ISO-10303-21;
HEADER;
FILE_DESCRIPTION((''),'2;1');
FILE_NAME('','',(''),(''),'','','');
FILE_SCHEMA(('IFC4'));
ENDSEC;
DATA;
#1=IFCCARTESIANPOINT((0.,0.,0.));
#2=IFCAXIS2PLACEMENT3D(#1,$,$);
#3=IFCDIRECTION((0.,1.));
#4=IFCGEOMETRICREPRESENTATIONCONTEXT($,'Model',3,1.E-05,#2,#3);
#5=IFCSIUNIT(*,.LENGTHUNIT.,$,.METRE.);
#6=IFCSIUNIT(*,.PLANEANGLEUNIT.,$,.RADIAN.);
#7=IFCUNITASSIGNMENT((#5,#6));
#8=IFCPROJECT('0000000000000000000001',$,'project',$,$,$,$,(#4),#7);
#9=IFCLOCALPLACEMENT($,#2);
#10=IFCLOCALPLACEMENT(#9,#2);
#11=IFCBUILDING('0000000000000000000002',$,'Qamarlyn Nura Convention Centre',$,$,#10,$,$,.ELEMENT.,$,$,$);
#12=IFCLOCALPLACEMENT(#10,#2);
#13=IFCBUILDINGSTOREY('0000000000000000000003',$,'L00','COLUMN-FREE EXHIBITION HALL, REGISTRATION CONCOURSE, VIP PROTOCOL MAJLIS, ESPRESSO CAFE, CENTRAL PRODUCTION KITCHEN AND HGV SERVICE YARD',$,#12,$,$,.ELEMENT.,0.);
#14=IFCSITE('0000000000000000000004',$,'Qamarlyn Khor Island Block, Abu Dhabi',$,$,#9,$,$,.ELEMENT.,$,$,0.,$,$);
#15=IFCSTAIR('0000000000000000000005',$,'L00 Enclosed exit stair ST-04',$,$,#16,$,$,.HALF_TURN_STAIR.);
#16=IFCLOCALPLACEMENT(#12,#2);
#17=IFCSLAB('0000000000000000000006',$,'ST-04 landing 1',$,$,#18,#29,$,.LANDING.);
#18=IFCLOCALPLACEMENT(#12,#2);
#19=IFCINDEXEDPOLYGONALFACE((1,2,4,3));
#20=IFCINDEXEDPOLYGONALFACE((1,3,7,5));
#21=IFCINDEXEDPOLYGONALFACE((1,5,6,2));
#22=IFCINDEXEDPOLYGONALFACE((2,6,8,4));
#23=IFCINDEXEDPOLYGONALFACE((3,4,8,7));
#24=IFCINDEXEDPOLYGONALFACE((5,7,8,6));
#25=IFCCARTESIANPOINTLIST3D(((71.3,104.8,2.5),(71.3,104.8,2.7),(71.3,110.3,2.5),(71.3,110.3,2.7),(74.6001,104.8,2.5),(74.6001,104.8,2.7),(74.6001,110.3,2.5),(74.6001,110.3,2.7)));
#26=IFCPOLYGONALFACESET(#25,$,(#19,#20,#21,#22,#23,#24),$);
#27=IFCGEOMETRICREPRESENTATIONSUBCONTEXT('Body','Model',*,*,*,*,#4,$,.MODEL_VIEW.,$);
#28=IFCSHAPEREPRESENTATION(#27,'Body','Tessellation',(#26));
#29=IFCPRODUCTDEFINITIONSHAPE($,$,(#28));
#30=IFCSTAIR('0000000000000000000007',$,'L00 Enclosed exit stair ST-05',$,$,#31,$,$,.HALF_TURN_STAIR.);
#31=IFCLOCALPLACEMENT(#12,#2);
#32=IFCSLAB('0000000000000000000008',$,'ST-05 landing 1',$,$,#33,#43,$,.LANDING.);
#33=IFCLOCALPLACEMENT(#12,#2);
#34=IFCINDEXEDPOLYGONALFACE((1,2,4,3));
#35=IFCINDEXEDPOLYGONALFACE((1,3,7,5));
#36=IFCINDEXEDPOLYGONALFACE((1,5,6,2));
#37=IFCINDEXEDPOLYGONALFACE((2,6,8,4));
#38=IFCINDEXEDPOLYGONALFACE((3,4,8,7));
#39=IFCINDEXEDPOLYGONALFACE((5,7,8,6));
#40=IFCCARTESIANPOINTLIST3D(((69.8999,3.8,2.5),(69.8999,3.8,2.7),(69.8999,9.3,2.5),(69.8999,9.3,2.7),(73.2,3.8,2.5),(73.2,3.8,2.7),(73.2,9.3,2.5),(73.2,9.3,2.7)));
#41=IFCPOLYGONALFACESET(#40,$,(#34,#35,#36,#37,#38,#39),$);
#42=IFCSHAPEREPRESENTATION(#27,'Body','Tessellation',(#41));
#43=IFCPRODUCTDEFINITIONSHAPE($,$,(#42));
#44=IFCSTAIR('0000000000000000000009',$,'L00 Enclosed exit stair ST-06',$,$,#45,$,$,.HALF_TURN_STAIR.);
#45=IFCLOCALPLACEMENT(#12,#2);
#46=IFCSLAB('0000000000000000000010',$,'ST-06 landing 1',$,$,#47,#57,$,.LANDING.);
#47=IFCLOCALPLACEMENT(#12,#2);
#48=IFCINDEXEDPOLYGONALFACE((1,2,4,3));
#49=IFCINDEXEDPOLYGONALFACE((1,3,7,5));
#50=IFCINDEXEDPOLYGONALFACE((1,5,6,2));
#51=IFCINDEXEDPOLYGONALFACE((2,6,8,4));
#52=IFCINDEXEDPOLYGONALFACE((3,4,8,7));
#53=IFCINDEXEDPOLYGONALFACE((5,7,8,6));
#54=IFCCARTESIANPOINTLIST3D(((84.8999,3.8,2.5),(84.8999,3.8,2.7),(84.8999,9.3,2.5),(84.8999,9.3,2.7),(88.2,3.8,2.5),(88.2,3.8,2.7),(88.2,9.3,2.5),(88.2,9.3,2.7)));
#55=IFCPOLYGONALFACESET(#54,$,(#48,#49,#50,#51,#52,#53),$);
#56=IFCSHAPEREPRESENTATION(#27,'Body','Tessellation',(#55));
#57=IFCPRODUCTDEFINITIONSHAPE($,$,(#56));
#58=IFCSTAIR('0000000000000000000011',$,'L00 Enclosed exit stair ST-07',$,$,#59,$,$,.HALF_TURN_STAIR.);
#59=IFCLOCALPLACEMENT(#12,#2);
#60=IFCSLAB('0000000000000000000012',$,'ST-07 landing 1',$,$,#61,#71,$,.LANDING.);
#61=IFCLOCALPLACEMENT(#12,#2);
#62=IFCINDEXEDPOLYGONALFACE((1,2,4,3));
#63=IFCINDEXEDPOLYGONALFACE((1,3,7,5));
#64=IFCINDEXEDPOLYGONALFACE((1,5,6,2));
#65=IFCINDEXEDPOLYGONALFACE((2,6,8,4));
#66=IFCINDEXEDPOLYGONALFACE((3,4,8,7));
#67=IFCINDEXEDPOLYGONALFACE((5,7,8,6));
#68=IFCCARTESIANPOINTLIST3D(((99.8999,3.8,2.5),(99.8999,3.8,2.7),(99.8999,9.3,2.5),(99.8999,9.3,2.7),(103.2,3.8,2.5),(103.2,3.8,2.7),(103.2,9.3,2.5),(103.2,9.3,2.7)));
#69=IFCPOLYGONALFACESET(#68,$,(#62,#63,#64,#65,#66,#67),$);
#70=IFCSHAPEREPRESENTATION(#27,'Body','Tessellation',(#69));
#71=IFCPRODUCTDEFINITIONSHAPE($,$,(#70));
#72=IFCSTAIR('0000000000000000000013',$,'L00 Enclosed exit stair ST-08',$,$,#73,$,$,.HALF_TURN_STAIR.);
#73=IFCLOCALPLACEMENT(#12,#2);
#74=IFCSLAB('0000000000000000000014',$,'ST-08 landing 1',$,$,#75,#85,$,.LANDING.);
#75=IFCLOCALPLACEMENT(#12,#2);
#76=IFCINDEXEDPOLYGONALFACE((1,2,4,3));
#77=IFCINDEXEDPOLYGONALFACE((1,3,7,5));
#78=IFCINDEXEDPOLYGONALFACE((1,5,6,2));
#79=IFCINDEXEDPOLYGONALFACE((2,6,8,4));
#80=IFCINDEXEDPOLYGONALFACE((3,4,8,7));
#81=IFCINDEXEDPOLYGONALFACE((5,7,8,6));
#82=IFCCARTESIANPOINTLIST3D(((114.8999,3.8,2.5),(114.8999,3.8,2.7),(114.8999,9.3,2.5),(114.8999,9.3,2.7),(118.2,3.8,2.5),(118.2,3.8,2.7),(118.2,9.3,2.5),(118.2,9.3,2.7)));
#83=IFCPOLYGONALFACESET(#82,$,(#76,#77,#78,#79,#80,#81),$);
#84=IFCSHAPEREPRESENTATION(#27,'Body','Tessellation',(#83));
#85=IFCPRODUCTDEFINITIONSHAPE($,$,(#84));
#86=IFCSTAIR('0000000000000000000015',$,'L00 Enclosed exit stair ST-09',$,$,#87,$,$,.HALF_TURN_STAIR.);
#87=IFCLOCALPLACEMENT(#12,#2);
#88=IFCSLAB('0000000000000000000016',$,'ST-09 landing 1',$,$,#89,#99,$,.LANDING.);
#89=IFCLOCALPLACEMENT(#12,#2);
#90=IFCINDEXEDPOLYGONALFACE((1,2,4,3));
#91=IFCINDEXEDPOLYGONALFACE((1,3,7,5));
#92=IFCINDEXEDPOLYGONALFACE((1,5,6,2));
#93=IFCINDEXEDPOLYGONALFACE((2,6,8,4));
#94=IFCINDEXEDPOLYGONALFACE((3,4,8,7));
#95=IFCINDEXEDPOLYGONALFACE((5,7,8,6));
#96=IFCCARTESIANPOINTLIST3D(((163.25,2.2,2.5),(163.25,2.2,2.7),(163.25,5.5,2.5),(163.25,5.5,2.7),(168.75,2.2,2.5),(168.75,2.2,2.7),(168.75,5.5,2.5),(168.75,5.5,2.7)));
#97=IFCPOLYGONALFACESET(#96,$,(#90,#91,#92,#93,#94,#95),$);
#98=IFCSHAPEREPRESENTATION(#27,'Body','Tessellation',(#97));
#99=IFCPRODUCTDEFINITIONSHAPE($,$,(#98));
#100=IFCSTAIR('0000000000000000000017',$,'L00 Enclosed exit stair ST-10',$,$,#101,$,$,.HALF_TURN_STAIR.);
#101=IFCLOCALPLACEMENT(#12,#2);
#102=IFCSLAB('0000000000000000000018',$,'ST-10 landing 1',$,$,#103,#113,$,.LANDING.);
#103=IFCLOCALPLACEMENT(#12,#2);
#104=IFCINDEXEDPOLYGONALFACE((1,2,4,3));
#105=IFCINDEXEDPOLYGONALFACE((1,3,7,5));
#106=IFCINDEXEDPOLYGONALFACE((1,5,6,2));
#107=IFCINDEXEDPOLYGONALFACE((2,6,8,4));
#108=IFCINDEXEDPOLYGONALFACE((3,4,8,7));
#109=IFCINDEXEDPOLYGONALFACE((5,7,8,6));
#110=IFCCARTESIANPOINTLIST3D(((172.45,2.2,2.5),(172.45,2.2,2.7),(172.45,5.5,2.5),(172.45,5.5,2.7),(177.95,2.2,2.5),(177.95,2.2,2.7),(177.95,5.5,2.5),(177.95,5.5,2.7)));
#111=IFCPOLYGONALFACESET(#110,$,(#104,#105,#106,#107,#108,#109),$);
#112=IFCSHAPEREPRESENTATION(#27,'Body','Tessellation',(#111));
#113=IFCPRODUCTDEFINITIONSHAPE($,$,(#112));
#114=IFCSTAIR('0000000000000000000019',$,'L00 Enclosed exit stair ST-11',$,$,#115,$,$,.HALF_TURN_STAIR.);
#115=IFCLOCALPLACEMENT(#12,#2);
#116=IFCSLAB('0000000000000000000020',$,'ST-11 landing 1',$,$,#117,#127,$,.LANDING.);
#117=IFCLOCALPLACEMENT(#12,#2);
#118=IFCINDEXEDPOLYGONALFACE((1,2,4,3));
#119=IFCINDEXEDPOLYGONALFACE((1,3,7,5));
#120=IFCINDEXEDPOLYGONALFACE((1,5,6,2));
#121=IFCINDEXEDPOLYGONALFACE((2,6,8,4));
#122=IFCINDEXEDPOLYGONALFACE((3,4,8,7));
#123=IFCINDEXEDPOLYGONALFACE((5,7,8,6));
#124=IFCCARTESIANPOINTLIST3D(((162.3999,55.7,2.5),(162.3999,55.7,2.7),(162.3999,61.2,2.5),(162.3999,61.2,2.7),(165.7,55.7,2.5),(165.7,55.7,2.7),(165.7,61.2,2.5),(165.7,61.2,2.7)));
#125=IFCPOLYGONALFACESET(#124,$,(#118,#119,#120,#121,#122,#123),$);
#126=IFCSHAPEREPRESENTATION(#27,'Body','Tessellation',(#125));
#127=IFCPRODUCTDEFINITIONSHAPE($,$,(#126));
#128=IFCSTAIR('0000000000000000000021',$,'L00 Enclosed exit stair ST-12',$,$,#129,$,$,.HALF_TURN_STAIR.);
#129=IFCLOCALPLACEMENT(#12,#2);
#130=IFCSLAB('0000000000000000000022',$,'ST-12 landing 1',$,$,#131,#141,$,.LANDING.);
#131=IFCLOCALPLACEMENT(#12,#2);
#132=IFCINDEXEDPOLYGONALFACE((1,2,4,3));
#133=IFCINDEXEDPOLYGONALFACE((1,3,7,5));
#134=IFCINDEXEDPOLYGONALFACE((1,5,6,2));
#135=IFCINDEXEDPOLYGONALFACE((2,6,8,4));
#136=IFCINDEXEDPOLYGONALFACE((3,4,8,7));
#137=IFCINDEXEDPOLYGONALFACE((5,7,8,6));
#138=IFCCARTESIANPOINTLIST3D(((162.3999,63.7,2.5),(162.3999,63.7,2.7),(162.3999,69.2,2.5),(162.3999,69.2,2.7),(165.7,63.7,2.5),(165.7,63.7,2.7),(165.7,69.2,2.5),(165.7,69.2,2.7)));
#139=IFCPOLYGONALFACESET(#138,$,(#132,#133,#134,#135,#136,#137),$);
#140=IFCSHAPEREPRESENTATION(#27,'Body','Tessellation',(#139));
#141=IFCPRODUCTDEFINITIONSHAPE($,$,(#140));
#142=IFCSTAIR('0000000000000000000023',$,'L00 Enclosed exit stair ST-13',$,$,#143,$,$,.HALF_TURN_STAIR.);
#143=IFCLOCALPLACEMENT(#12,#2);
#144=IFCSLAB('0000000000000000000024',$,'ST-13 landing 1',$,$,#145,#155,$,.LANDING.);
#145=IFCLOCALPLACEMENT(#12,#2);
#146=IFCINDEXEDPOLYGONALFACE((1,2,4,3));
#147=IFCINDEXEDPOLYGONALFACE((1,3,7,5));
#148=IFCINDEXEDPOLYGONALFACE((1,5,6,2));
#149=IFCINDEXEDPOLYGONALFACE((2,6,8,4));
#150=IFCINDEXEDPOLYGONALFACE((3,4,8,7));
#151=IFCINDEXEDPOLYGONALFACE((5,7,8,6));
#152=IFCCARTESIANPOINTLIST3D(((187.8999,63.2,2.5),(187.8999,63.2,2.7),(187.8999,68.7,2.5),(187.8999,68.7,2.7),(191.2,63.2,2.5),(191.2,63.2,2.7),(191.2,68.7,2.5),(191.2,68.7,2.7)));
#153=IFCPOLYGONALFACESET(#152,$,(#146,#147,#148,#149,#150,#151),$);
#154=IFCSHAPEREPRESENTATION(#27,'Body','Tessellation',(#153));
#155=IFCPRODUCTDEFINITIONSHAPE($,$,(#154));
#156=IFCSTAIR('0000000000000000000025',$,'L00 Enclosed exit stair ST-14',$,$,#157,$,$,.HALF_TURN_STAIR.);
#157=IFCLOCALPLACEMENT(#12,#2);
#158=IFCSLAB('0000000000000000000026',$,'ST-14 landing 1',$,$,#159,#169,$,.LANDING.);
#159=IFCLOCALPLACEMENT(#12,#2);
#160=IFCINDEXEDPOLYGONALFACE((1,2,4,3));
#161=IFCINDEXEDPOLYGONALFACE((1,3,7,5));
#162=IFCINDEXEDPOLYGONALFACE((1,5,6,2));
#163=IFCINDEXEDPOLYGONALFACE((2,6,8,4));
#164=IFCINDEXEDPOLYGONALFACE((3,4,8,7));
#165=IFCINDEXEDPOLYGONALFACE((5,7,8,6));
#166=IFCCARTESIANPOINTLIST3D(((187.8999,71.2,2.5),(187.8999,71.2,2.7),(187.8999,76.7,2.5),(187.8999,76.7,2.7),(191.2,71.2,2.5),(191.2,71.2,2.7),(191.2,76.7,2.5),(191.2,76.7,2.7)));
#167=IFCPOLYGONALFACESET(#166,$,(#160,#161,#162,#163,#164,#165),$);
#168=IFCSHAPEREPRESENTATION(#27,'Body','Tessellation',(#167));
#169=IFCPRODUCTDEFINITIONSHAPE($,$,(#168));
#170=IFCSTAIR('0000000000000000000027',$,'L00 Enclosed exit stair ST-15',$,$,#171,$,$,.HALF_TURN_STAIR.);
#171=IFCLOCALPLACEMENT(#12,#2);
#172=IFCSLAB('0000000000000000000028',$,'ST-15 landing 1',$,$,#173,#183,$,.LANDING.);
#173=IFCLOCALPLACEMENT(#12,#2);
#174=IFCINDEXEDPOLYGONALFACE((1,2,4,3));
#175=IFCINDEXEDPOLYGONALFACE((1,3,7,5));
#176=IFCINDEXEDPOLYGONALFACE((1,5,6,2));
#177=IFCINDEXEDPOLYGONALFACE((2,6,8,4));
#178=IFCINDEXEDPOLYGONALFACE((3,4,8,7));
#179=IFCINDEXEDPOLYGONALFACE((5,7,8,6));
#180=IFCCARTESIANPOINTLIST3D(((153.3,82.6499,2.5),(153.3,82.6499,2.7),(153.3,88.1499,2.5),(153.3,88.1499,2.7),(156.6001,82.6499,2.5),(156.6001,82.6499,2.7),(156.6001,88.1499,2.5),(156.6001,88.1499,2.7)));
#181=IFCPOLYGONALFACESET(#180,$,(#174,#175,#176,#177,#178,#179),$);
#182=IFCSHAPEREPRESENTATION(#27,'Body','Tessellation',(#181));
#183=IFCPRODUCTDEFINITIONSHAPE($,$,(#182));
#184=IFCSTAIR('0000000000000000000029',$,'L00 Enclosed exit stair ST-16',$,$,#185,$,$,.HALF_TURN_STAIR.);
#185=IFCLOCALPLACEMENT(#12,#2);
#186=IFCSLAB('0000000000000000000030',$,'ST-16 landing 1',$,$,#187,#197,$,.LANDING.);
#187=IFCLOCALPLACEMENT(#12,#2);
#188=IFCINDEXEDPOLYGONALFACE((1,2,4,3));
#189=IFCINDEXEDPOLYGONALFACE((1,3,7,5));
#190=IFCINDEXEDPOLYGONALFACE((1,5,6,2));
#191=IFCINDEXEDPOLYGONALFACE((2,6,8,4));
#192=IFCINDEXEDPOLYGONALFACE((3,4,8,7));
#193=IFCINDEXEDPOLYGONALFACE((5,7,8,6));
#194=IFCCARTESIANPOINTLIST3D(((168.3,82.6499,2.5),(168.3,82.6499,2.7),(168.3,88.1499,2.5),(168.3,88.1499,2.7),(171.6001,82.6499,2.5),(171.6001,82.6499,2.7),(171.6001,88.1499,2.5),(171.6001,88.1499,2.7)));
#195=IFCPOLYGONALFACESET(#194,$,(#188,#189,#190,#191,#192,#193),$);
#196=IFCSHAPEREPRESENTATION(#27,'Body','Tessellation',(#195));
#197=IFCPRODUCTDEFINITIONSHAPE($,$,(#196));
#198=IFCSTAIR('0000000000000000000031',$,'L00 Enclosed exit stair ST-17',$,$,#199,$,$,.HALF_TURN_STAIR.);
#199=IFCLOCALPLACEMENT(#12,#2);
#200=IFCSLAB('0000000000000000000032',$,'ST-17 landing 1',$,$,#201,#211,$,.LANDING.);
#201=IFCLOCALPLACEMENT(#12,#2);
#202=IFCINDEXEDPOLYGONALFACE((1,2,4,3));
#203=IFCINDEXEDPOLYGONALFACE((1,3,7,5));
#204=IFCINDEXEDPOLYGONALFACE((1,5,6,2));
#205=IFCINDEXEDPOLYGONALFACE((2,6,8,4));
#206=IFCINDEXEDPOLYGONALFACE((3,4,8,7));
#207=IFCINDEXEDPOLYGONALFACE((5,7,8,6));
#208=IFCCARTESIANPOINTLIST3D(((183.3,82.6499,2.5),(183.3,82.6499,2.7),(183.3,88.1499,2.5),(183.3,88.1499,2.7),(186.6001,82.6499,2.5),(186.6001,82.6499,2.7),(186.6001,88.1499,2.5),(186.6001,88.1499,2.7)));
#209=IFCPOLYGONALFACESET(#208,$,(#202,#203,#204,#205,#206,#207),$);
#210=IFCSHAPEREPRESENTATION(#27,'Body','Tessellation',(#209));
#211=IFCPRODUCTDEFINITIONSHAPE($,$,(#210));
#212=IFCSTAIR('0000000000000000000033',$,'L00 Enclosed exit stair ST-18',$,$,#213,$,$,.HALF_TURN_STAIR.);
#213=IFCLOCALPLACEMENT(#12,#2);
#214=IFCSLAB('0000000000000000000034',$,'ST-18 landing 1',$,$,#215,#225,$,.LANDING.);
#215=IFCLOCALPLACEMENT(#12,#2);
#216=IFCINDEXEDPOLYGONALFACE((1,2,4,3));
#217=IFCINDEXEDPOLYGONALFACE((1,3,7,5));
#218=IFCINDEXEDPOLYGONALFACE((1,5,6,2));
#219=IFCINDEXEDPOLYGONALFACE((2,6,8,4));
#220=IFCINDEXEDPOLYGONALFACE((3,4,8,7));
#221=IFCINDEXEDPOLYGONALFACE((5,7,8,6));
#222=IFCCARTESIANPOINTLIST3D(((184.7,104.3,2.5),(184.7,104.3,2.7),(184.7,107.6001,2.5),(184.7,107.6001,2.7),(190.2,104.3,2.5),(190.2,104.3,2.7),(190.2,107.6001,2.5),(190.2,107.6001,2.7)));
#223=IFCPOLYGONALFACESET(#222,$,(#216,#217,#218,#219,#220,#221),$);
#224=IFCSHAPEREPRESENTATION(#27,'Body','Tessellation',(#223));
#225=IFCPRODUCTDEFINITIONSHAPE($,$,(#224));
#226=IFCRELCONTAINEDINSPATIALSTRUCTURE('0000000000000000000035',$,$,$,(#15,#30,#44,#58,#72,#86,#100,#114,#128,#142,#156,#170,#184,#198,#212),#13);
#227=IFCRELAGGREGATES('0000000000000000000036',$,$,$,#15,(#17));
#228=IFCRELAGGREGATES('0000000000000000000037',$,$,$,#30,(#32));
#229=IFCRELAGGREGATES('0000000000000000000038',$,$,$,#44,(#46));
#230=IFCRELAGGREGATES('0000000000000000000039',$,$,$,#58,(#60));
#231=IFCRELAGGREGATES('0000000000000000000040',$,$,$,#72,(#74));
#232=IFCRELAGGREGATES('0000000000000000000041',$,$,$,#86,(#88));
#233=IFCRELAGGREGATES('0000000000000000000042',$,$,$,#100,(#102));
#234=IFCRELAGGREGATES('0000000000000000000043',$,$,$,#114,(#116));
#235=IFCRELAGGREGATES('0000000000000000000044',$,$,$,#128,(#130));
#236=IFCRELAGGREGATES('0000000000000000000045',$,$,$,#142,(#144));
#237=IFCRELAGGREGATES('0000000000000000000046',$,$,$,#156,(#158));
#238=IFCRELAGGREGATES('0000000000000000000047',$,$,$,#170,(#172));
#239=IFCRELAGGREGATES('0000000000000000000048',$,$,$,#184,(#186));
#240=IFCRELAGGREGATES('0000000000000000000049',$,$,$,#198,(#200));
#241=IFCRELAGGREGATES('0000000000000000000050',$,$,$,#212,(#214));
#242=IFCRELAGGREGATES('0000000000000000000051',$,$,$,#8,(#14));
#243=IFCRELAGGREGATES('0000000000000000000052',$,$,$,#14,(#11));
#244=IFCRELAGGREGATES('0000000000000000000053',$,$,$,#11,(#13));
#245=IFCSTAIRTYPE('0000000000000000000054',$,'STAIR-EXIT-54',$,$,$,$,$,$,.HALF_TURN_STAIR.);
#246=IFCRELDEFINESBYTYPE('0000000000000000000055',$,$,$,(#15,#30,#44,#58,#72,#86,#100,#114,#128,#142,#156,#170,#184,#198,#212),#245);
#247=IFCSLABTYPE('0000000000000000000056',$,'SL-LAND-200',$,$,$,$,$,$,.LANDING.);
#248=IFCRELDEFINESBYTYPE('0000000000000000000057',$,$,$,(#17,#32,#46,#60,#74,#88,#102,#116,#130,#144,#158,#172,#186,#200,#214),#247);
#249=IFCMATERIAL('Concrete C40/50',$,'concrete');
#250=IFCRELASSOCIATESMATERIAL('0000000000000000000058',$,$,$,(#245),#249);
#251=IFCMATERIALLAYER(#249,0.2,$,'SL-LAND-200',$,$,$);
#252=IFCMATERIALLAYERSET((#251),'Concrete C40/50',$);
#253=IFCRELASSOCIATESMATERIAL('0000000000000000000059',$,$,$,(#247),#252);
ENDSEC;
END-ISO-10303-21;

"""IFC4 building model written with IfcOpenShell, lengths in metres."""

from ifc_helpers import new_model, si_unit, direction, frame, origin, place, context, subcontext, project, spatial, polyline, outline, extrude, material, layer, layer_set, type_object, element, aggregate, save


model = new_model("IFC4")

# Units and contexts
model_context = context("Model", 3, precision=1e-05, world=origin(), true_north=direction((0.0, 1.0)))
body_context = subcontext(model_context, "Body", "Model", "MODEL_VIEW")
ifc_project = project(units=[si_unit("LENGTHUNIT", "METRE"), si_unit("PLANEANGLEUNIT", "RADIAN")], contexts=[model_context])

# Site, building, storey
site_placement = place(None, origin())
site = spatial("IfcSite", under=ifc_project, at=site_placement, Name="Qamarlyn Khor Island Block, Abu Dhabi", CompositionType="ELEMENT", RefElevation=0.0)
building_placement = place(site_placement, origin())
building = spatial("IfcBuilding", under=site, at=building_placement, Name="Qamarlyn Nura Convention Centre", CompositionType="ELEMENT")
storey_placement = place(building_placement, origin())
storey = spatial("IfcBuildingStorey", under=building, at=storey_placement, Name="L00", Description="COLUMN-FREE EXHIBITION HALL, REGISTRATION CONCOURSE, VIP PROTOCOL MAJLIS, ESPRESSO CAFE, CENTRAL PRODUCTION KITCHEN AND HGV SERVICE YARD", CompositionType="ELEMENT", Elevation=0.0)

# Stairs, slabs
ifc_material = material(Name="Concrete C40/50", Category="concrete")
stair_type_1 = type_object("IfcStairType", Name="STAIR-EXIT-54", PredefinedType="HALF_TURN_STAIR", material=ifc_material)
stair_1_placement = place(storey_placement, origin())
stair_1 = element("IfcStair", 1, at=stair_1_placement, inside=storey, type_object=stair_type_1, Name="L00 Enclosed exit stair ST-04", PredefinedType="HALF_TURN_STAIR")
ifc_layer = layer(ifc_material, 0.2, Name="SL-LAND-200")
ifc_layer_set = layer_set([ifc_layer], Name="Concrete C40/50")
slab_type = type_object("IfcSlabType", Name="SL-LAND-200", PredefinedType="LANDING", material=ifc_layer_set)
slab_1_placement = place(storey_placement, frame((0.0, 0.0, 2.5)))
slab_1 = element("IfcSlab", 2, at=slab_1_placement, type_object=slab_type, Name="ST-04 landing 1", PredefinedType="LANDING", context=body_context, shape_type="SweptSolid", body=[
    extrude(outline(polyline([(71.3, 104.8), (74.6001, 104.8), (74.6001, 110.3), (71.3, 110.3), (71.3, 104.8)])), origin(), (0.0, 0.0, 1.0), 0.2),
])
aggregate(stair_1, [slab_1])
stair_2_placement = place(storey_placement, origin())
stair_2 = element("IfcStair", 3, at=stair_2_placement, inside=storey, type_object=stair_type_1, Name="L00 Enclosed exit stair ST-05", PredefinedType="HALF_TURN_STAIR")
slab_2_placement = place(storey_placement, frame((0.0, 0.0, 2.5)))
slab_2 = element("IfcSlab", 4, at=slab_2_placement, type_object=slab_type, Name="ST-05 landing 1", PredefinedType="LANDING", context=body_context, shape_type="SweptSolid", body=[
    extrude(outline(polyline([(69.8999, 3.8), (73.2, 3.8), (73.2, 9.3), (69.8999, 9.3), (69.8999, 3.8)])), origin(), (0.0, 0.0, 1.0), 0.2),
])
aggregate(stair_2, [slab_2])
stair_3_placement = place(storey_placement, origin())
stair_3 = element("IfcStair", 5, at=stair_3_placement, inside=storey, type_object=stair_type_1, Name="L00 Enclosed exit stair ST-06", PredefinedType="HALF_TURN_STAIR")
slab_3_placement = place(storey_placement, frame((0.0, 0.0, 2.5)))
slab_3 = element("IfcSlab", 6, at=slab_3_placement, type_object=slab_type, Name="ST-06 landing 1", PredefinedType="LANDING", context=body_context, shape_type="SweptSolid", body=[
    extrude(outline(polyline([(84.8999, 3.8), (88.2, 3.8), (88.2, 9.3), (84.8999, 9.3), (84.8999, 3.8)])), origin(), (0.0, 0.0, 1.0), 0.2),
])
aggregate(stair_3, [slab_3])
stair_4_placement = place(storey_placement, origin())
stair_4 = element("IfcStair", 7, at=stair_4_placement, inside=storey, type_object=stair_type_1, Name="L00 Enclosed exit stair ST-07", PredefinedType="HALF_TURN_STAIR")
slab_4_placement = place(storey_placement, frame((0.0, 0.0, 2.5)))
slab_4 = element("IfcSlab", 8, at=slab_4_placement, type_object=slab_type, Name="ST-07 landing 1", PredefinedType="LANDING", context=body_context, shape_type="SweptSolid", body=[
    extrude(outline(polyline([(99.8999, 3.8), (103.2, 3.8), (103.2, 9.3), (99.8999, 9.3), (99.8999, 3.8)])), origin(), (0.0, 0.0, 1.0), 0.2),
])
aggregate(stair_4, [slab_4])
stair_5_placement = place(storey_placement, origin())
stair_5 = element("IfcStair", 9, at=stair_5_placement, inside=storey, type_object=stair_type_1, Name="L00 Enclosed exit stair ST-08", PredefinedType="HALF_TURN_STAIR")
slab_5_placement = place(storey_placement, frame((0.0, 0.0, 2.5)))
slab_5 = element("IfcSlab", 10, at=slab_5_placement, type_object=slab_type, Name="ST-08 landing 1", PredefinedType="LANDING", context=body_context, shape_type="SweptSolid", body=[
    extrude(outline(polyline([(114.8999, 3.8), (118.2, 3.8), (118.2, 9.3), (114.8999, 9.3), (114.8999, 3.8)])), origin(), (0.0, 0.0, 1.0), 0.2),
])
aggregate(stair_5, [slab_5])
stair_6_placement = place(storey_placement, origin())
stair_6 = element("IfcStair", 11, at=stair_6_placement, inside=storey, type_object=stair_type_1, Name="L00 Enclosed exit stair ST-09", PredefinedType="HALF_TURN_STAIR")
slab_6_placement = place(storey_placement, frame((0.0, 0.0, 2.5)))
slab_6 = element("IfcSlab", 12, at=slab_6_placement, type_object=slab_type, Name="ST-09 landing 1", PredefinedType="LANDING", context=body_context, shape_type="SweptSolid", body=[
    extrude(outline(polyline([(163.25, 5.5), (163.25, 2.2), (168.75, 2.2), (168.75, 5.5), (163.25, 5.5)])), origin(), (0.0, 0.0, 1.0), 0.2),
])
aggregate(stair_6, [slab_6])
stair_7_placement = place(storey_placement, origin())
stair_7 = element("IfcStair", 13, at=stair_7_placement, inside=storey, type_object=stair_type_1, Name="L00 Enclosed exit stair ST-10", PredefinedType="HALF_TURN_STAIR")
slab_7_placement = place(storey_placement, frame((0.0, 0.0, 2.5)))
slab_7 = element("IfcSlab", 14, at=slab_7_placement, type_object=slab_type, Name="ST-10 landing 1", PredefinedType="LANDING", context=body_context, shape_type="SweptSolid", body=[
    extrude(outline(polyline([(172.45, 5.5), (172.45, 2.2), (177.95, 2.2), (177.95, 5.5), (172.45, 5.5)])), origin(), (0.0, 0.0, 1.0), 0.2),
])
aggregate(stair_7, [slab_7])
stair_8_placement = place(storey_placement, origin())
stair_8 = element("IfcStair", 15, at=stair_8_placement, inside=storey, type_object=stair_type_1, Name="L00 Enclosed exit stair ST-11", PredefinedType="HALF_TURN_STAIR")
slab_8_placement = place(storey_placement, frame((0.0, 0.0, 2.5)))
slab_8 = element("IfcSlab", 16, at=slab_8_placement, type_object=slab_type, Name="ST-11 landing 1", PredefinedType="LANDING", context=body_context, shape_type="SweptSolid", body=[
    extrude(outline(polyline([(165.7, 61.2), (162.3999, 61.2), (162.3999, 55.7), (165.7, 55.7), (165.7, 61.2)])), origin(), (0.0, 0.0, 1.0), 0.2),
])
aggregate(stair_8, [slab_8])
stair_9_placement = place(storey_placement, origin())
stair_9 = element("IfcStair", 17, at=stair_9_placement, inside=storey, type_object=stair_type_1, Name="L00 Enclosed exit stair ST-12", PredefinedType="HALF_TURN_STAIR")
slab_9_placement = place(storey_placement, frame((0.0, 0.0, 2.5)))
slab_9 = element("IfcSlab", 18, at=slab_9_placement, type_object=slab_type, Name="ST-12 landing 1", PredefinedType="LANDING", context=body_context, shape_type="SweptSolid", body=[
    extrude(outline(polyline([(165.7, 69.2), (162.3999, 69.2), (162.3999, 63.7), (165.7, 63.7), (165.7, 69.2)])), origin(), (0.0, 0.0, 1.0), 0.2),
])
aggregate(stair_9, [slab_9])
stair_10_placement = place(storey_placement, origin())
stair_10 = element("IfcStair", 19, at=stair_10_placement, inside=storey, type_object=stair_type_1, Name="L00 Enclosed exit stair ST-13", PredefinedType="HALF_TURN_STAIR")
slab_10_placement = place(storey_placement, frame((0.0, 0.0, 2.5)))
slab_10 = element("IfcSlab", 20, at=slab_10_placement, type_object=slab_type, Name="ST-13 landing 1", PredefinedType="LANDING", context=body_context, shape_type="SweptSolid", body=[
    extrude(outline(polyline([(187.8999, 63.2), (191.2, 63.2), (191.2, 68.7), (187.8999, 68.7), (187.8999, 63.2)])), origin(), (0.0, 0.0, 1.0), 0.2),
])
aggregate(stair_10, [slab_10])
stair_11_placement = place(storey_placement, origin())
stair_11 = element("IfcStair", 21, at=stair_11_placement, inside=storey, type_object=stair_type_1, Name="L00 Enclosed exit stair ST-14", PredefinedType="HALF_TURN_STAIR")
slab_11_placement = place(storey_placement, frame((0.0, 0.0, 2.5)))
slab_11 = element("IfcSlab", 22, at=slab_11_placement, type_object=slab_type, Name="ST-14 landing 1", PredefinedType="LANDING", context=body_context, shape_type="SweptSolid", body=[
    extrude(outline(polyline([(187.8999, 71.2), (191.2, 71.2), (191.2, 76.7), (187.8999, 76.7), (187.8999, 71.2)])), origin(), (0.0, 0.0, 1.0), 0.2),
])
aggregate(stair_11, [slab_11])
stair_12_placement = place(storey_placement, origin())
stair_12 = element("IfcStair", 23, at=stair_12_placement, inside=storey, type_object=stair_type_1, Name="L00 Enclosed exit stair ST-15", PredefinedType="HALF_TURN_STAIR")
slab_12_placement = place(storey_placement, frame((0.0, 0.0, 2.5)))
slab_12 = element("IfcSlab", 24, at=slab_12_placement, type_object=slab_type, Name="ST-15 landing 1", PredefinedType="LANDING", context=body_context, shape_type="SweptSolid", body=[
    extrude(outline(polyline([(153.3, 82.6499), (156.6001, 82.6499), (156.6001, 88.1499), (153.3, 88.1499), (153.3, 82.6499)])), origin(), (0.0, 0.0, 1.0), 0.2),
])
aggregate(stair_12, [slab_12])
stair_13_placement = place(storey_placement, origin())
stair_13 = element("IfcStair", 25, at=stair_13_placement, inside=storey, type_object=stair_type_1, Name="L00 Enclosed exit stair ST-16", PredefinedType="HALF_TURN_STAIR")
slab_13_placement = place(storey_placement, frame((0.0, 0.0, 2.5)))
slab_13 = element("IfcSlab", 26, at=slab_13_placement, type_object=slab_type, Name="ST-16 landing 1", PredefinedType="LANDING", context=body_context, shape_type="SweptSolid", body=[
    extrude(outline(polyline([(168.3, 82.6499), (171.6001, 82.6499), (171.6001, 88.1499), (168.3, 88.1499), (168.3, 82.6499)])), origin(), (0.0, 0.0, 1.0), 0.2),
])
aggregate(stair_13, [slab_13])
stair_14_placement = place(storey_placement, origin())
stair_14 = element("IfcStair", 27, at=stair_14_placement, inside=storey, type_object=stair_type_1, Name="L00 Enclosed exit stair ST-17", PredefinedType="HALF_TURN_STAIR")
slab_14_placement = place(storey_placement, frame((0.0, 0.0, 2.5)))
slab_14 = element("IfcSlab", 28, at=slab_14_placement, type_object=slab_type, Name="ST-17 landing 1", PredefinedType="LANDING", context=body_context, shape_type="SweptSolid", body=[
    extrude(outline(polyline([(183.3, 82.6499), (186.6001, 82.6499), (186.6001, 88.1499), (183.3, 88.1499), (183.3, 82.6499)])), origin(), (0.0, 0.0, 1.0), 0.2),
])
aggregate(stair_14, [slab_14])
stair_15_placement = place(storey_placement, origin())
stair_15 = element("IfcStair", 29, at=stair_15_placement, inside=storey, type_object=stair_type_1, Name="L00 Enclosed exit stair ST-18", PredefinedType="HALF_TURN_STAIR")
slab_15_placement = place(storey_placement, frame((0.0, 0.0, 2.5)))
slab_15 = element("IfcSlab", 30, at=slab_15_placement, type_object=slab_type, Name="ST-18 landing 1", PredefinedType="LANDING", context=body_context, shape_type="SweptSolid", body=[
    extrude(outline(polyline([(190.2, 104.3), (190.2, 107.6001), (184.7, 107.6001), (184.7, 104.3), (190.2, 104.3)])), origin(), (0.0, 0.0, 1.0), 0.2),
])
aggregate(stair_15, [slab_15])

save(model, "model.ifc")
